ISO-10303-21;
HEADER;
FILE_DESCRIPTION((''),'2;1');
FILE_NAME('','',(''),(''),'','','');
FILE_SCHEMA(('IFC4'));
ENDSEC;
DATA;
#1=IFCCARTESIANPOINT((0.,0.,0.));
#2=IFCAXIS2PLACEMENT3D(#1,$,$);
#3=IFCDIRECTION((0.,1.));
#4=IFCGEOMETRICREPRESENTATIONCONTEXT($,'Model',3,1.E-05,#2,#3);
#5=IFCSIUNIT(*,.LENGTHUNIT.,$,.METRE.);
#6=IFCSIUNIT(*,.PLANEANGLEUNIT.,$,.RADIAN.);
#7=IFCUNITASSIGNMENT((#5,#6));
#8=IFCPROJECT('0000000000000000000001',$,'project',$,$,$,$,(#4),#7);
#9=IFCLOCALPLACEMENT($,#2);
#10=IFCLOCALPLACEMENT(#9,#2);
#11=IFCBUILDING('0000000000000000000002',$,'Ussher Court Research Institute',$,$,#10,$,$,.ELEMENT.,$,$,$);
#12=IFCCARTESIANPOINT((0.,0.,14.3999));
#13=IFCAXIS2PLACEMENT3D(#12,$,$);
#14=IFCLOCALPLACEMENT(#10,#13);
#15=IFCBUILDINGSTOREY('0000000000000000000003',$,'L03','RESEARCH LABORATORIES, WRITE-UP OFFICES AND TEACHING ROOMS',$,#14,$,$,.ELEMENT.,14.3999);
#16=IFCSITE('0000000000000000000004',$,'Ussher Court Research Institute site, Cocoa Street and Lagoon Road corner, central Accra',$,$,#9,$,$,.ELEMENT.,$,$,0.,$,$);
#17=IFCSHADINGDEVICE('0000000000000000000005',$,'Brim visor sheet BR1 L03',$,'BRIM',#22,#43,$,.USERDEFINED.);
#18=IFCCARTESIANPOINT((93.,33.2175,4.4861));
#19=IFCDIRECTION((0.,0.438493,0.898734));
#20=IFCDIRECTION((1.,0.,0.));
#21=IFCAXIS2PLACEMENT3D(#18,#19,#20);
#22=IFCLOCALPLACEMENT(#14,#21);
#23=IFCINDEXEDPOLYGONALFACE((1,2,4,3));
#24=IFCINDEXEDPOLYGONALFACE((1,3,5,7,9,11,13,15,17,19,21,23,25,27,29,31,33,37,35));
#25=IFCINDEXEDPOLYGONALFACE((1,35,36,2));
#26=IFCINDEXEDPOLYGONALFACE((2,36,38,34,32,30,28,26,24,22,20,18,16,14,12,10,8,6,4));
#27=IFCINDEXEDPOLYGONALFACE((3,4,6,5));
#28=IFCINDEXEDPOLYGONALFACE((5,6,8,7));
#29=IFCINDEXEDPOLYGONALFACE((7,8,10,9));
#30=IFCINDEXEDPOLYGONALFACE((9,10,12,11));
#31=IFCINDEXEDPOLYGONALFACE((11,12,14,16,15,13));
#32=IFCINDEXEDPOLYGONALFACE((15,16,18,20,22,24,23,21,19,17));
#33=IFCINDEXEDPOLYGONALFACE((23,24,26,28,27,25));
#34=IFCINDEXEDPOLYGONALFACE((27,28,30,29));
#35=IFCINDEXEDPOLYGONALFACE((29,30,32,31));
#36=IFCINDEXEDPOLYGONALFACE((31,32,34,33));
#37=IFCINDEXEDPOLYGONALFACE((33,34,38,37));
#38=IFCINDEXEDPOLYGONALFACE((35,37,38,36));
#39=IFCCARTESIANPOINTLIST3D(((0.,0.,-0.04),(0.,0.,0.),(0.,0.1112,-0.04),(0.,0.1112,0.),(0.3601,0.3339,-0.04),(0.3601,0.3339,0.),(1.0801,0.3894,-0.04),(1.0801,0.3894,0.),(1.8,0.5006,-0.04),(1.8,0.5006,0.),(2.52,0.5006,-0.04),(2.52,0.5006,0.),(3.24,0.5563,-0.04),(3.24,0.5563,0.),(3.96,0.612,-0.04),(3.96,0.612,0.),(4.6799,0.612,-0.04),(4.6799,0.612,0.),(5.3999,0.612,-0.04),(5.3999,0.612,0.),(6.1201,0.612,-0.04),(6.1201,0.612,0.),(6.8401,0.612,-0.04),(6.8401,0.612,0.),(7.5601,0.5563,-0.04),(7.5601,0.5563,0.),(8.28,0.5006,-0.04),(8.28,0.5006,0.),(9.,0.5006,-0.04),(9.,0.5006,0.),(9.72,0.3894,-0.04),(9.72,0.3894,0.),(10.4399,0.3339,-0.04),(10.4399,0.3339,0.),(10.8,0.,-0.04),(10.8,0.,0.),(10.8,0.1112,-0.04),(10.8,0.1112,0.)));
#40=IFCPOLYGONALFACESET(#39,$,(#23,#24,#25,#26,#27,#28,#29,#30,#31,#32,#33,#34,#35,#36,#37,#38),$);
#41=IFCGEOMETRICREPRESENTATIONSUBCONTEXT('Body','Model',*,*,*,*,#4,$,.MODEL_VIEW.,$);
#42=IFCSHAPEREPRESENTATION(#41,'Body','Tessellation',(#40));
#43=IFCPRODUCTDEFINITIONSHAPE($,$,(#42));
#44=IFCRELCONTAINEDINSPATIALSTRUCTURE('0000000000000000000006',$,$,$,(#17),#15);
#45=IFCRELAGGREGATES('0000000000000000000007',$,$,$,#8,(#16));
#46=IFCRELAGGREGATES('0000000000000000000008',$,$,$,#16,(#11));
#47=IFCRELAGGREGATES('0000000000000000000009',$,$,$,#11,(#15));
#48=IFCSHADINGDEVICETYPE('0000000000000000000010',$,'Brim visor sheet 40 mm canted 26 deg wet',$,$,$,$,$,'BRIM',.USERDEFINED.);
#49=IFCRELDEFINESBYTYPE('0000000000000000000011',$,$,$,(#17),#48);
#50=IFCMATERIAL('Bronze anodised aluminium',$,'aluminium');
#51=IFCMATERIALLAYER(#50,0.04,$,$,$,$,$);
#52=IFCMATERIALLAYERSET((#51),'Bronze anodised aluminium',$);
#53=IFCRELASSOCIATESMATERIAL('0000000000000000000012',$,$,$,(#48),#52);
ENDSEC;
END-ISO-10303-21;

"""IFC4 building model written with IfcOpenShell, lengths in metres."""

from ifc_helpers import new_model, si_unit, direction, frame, origin, place, context, subcontext, project, spatial, polyline, outline, extrude, material, layer, layer_set, type_object, element, save


model = new_model("IFC4")

# Units and contexts
model_context = context("Model", 3, precision=1e-05, world=origin(), true_north=direction((0.0, 1.0)))
body_context = subcontext(model_context, "Body", "Model", "MODEL_VIEW")
ifc_project = project(units=[si_unit("LENGTHUNIT", "METRE"), si_unit("PLANEANGLEUNIT", "RADIAN")], contexts=[model_context])

# Site, building, storey
site_placement = place(None, origin())
site = spatial("IfcSite", under=ifc_project, at=site_placement, Name="Ussher Court Research Institute site, Cocoa Street and Lagoon Road corner, central Accra", CompositionType="ELEMENT", RefElevation=0.0)
building_placement = place(site_placement, origin())
building = spatial("IfcBuilding", under=site, at=building_placement, Name="Ussher Court Research Institute", CompositionType="ELEMENT")
storey_placement = place(building_placement, frame((0.0, 0.0, 14.3999)))
storey = spatial("IfcBuildingStorey", under=building, at=storey_placement, Name="L03", Description="RESEARCH LABORATORIES, WRITE-UP OFFICES AND TEACHING ROOMS", CompositionType="ELEMENT", Elevation=14.3999)

# Shading device
ifc_material_1 = material(Name="Bronze anodised aluminium", Category="aluminium")
ifc_layer_1 = layer(ifc_material_1, 0.04)
ifc_layer_set_1 = layer_set([ifc_layer_1], Name="Bronze anodised aluminium")
shading_device_type_1 = type_object("IfcShadingDeviceType", Name="Brim visor sheet 40 mm canted 26 deg wet", ElementType="BRIM", PredefinedType="USERDEFINED", material=ifc_layer_set_1)
shading_device_placement = place(storey_placement, frame((93.0, 33.2175, 4.4861), z_axis=(0.0, 0.438493, 0.898734), x_axis=(1.0, 0.0, 0.0)))
element("IfcShadingDevice", 1, at=shading_device_placement, inside=storey, type_object=shading_device_type_1, Name="Brim visor sheet BR1 L03", ObjectType="BRIM", PredefinedType="USERDEFINED", context=body_context, shape_type="SweptSolid", body=[
    extrude(outline(polyline([(0.0, 0.0), (10.8, 0.0), (10.8, 0.1112), (10.4399, 0.3339), (9.72, 0.3894), (9.0, 0.5006), (8.28, 0.5006), (7.5601, 0.5563), (6.8401, 0.612), (6.1201, 0.612), (5.3999, 0.612), (4.6799, 0.612), (3.96, 0.612), (3.24, 0.5563), (2.52, 0.5006), (1.8, 0.5006), (1.0801, 0.3894), (0.3601, 0.3339), (0.0, 0.1112), (0.0, 0.0)])), origin(), (0.0, 0.0, -1.0), 0.04),
])

save(model, "model.ifc")
